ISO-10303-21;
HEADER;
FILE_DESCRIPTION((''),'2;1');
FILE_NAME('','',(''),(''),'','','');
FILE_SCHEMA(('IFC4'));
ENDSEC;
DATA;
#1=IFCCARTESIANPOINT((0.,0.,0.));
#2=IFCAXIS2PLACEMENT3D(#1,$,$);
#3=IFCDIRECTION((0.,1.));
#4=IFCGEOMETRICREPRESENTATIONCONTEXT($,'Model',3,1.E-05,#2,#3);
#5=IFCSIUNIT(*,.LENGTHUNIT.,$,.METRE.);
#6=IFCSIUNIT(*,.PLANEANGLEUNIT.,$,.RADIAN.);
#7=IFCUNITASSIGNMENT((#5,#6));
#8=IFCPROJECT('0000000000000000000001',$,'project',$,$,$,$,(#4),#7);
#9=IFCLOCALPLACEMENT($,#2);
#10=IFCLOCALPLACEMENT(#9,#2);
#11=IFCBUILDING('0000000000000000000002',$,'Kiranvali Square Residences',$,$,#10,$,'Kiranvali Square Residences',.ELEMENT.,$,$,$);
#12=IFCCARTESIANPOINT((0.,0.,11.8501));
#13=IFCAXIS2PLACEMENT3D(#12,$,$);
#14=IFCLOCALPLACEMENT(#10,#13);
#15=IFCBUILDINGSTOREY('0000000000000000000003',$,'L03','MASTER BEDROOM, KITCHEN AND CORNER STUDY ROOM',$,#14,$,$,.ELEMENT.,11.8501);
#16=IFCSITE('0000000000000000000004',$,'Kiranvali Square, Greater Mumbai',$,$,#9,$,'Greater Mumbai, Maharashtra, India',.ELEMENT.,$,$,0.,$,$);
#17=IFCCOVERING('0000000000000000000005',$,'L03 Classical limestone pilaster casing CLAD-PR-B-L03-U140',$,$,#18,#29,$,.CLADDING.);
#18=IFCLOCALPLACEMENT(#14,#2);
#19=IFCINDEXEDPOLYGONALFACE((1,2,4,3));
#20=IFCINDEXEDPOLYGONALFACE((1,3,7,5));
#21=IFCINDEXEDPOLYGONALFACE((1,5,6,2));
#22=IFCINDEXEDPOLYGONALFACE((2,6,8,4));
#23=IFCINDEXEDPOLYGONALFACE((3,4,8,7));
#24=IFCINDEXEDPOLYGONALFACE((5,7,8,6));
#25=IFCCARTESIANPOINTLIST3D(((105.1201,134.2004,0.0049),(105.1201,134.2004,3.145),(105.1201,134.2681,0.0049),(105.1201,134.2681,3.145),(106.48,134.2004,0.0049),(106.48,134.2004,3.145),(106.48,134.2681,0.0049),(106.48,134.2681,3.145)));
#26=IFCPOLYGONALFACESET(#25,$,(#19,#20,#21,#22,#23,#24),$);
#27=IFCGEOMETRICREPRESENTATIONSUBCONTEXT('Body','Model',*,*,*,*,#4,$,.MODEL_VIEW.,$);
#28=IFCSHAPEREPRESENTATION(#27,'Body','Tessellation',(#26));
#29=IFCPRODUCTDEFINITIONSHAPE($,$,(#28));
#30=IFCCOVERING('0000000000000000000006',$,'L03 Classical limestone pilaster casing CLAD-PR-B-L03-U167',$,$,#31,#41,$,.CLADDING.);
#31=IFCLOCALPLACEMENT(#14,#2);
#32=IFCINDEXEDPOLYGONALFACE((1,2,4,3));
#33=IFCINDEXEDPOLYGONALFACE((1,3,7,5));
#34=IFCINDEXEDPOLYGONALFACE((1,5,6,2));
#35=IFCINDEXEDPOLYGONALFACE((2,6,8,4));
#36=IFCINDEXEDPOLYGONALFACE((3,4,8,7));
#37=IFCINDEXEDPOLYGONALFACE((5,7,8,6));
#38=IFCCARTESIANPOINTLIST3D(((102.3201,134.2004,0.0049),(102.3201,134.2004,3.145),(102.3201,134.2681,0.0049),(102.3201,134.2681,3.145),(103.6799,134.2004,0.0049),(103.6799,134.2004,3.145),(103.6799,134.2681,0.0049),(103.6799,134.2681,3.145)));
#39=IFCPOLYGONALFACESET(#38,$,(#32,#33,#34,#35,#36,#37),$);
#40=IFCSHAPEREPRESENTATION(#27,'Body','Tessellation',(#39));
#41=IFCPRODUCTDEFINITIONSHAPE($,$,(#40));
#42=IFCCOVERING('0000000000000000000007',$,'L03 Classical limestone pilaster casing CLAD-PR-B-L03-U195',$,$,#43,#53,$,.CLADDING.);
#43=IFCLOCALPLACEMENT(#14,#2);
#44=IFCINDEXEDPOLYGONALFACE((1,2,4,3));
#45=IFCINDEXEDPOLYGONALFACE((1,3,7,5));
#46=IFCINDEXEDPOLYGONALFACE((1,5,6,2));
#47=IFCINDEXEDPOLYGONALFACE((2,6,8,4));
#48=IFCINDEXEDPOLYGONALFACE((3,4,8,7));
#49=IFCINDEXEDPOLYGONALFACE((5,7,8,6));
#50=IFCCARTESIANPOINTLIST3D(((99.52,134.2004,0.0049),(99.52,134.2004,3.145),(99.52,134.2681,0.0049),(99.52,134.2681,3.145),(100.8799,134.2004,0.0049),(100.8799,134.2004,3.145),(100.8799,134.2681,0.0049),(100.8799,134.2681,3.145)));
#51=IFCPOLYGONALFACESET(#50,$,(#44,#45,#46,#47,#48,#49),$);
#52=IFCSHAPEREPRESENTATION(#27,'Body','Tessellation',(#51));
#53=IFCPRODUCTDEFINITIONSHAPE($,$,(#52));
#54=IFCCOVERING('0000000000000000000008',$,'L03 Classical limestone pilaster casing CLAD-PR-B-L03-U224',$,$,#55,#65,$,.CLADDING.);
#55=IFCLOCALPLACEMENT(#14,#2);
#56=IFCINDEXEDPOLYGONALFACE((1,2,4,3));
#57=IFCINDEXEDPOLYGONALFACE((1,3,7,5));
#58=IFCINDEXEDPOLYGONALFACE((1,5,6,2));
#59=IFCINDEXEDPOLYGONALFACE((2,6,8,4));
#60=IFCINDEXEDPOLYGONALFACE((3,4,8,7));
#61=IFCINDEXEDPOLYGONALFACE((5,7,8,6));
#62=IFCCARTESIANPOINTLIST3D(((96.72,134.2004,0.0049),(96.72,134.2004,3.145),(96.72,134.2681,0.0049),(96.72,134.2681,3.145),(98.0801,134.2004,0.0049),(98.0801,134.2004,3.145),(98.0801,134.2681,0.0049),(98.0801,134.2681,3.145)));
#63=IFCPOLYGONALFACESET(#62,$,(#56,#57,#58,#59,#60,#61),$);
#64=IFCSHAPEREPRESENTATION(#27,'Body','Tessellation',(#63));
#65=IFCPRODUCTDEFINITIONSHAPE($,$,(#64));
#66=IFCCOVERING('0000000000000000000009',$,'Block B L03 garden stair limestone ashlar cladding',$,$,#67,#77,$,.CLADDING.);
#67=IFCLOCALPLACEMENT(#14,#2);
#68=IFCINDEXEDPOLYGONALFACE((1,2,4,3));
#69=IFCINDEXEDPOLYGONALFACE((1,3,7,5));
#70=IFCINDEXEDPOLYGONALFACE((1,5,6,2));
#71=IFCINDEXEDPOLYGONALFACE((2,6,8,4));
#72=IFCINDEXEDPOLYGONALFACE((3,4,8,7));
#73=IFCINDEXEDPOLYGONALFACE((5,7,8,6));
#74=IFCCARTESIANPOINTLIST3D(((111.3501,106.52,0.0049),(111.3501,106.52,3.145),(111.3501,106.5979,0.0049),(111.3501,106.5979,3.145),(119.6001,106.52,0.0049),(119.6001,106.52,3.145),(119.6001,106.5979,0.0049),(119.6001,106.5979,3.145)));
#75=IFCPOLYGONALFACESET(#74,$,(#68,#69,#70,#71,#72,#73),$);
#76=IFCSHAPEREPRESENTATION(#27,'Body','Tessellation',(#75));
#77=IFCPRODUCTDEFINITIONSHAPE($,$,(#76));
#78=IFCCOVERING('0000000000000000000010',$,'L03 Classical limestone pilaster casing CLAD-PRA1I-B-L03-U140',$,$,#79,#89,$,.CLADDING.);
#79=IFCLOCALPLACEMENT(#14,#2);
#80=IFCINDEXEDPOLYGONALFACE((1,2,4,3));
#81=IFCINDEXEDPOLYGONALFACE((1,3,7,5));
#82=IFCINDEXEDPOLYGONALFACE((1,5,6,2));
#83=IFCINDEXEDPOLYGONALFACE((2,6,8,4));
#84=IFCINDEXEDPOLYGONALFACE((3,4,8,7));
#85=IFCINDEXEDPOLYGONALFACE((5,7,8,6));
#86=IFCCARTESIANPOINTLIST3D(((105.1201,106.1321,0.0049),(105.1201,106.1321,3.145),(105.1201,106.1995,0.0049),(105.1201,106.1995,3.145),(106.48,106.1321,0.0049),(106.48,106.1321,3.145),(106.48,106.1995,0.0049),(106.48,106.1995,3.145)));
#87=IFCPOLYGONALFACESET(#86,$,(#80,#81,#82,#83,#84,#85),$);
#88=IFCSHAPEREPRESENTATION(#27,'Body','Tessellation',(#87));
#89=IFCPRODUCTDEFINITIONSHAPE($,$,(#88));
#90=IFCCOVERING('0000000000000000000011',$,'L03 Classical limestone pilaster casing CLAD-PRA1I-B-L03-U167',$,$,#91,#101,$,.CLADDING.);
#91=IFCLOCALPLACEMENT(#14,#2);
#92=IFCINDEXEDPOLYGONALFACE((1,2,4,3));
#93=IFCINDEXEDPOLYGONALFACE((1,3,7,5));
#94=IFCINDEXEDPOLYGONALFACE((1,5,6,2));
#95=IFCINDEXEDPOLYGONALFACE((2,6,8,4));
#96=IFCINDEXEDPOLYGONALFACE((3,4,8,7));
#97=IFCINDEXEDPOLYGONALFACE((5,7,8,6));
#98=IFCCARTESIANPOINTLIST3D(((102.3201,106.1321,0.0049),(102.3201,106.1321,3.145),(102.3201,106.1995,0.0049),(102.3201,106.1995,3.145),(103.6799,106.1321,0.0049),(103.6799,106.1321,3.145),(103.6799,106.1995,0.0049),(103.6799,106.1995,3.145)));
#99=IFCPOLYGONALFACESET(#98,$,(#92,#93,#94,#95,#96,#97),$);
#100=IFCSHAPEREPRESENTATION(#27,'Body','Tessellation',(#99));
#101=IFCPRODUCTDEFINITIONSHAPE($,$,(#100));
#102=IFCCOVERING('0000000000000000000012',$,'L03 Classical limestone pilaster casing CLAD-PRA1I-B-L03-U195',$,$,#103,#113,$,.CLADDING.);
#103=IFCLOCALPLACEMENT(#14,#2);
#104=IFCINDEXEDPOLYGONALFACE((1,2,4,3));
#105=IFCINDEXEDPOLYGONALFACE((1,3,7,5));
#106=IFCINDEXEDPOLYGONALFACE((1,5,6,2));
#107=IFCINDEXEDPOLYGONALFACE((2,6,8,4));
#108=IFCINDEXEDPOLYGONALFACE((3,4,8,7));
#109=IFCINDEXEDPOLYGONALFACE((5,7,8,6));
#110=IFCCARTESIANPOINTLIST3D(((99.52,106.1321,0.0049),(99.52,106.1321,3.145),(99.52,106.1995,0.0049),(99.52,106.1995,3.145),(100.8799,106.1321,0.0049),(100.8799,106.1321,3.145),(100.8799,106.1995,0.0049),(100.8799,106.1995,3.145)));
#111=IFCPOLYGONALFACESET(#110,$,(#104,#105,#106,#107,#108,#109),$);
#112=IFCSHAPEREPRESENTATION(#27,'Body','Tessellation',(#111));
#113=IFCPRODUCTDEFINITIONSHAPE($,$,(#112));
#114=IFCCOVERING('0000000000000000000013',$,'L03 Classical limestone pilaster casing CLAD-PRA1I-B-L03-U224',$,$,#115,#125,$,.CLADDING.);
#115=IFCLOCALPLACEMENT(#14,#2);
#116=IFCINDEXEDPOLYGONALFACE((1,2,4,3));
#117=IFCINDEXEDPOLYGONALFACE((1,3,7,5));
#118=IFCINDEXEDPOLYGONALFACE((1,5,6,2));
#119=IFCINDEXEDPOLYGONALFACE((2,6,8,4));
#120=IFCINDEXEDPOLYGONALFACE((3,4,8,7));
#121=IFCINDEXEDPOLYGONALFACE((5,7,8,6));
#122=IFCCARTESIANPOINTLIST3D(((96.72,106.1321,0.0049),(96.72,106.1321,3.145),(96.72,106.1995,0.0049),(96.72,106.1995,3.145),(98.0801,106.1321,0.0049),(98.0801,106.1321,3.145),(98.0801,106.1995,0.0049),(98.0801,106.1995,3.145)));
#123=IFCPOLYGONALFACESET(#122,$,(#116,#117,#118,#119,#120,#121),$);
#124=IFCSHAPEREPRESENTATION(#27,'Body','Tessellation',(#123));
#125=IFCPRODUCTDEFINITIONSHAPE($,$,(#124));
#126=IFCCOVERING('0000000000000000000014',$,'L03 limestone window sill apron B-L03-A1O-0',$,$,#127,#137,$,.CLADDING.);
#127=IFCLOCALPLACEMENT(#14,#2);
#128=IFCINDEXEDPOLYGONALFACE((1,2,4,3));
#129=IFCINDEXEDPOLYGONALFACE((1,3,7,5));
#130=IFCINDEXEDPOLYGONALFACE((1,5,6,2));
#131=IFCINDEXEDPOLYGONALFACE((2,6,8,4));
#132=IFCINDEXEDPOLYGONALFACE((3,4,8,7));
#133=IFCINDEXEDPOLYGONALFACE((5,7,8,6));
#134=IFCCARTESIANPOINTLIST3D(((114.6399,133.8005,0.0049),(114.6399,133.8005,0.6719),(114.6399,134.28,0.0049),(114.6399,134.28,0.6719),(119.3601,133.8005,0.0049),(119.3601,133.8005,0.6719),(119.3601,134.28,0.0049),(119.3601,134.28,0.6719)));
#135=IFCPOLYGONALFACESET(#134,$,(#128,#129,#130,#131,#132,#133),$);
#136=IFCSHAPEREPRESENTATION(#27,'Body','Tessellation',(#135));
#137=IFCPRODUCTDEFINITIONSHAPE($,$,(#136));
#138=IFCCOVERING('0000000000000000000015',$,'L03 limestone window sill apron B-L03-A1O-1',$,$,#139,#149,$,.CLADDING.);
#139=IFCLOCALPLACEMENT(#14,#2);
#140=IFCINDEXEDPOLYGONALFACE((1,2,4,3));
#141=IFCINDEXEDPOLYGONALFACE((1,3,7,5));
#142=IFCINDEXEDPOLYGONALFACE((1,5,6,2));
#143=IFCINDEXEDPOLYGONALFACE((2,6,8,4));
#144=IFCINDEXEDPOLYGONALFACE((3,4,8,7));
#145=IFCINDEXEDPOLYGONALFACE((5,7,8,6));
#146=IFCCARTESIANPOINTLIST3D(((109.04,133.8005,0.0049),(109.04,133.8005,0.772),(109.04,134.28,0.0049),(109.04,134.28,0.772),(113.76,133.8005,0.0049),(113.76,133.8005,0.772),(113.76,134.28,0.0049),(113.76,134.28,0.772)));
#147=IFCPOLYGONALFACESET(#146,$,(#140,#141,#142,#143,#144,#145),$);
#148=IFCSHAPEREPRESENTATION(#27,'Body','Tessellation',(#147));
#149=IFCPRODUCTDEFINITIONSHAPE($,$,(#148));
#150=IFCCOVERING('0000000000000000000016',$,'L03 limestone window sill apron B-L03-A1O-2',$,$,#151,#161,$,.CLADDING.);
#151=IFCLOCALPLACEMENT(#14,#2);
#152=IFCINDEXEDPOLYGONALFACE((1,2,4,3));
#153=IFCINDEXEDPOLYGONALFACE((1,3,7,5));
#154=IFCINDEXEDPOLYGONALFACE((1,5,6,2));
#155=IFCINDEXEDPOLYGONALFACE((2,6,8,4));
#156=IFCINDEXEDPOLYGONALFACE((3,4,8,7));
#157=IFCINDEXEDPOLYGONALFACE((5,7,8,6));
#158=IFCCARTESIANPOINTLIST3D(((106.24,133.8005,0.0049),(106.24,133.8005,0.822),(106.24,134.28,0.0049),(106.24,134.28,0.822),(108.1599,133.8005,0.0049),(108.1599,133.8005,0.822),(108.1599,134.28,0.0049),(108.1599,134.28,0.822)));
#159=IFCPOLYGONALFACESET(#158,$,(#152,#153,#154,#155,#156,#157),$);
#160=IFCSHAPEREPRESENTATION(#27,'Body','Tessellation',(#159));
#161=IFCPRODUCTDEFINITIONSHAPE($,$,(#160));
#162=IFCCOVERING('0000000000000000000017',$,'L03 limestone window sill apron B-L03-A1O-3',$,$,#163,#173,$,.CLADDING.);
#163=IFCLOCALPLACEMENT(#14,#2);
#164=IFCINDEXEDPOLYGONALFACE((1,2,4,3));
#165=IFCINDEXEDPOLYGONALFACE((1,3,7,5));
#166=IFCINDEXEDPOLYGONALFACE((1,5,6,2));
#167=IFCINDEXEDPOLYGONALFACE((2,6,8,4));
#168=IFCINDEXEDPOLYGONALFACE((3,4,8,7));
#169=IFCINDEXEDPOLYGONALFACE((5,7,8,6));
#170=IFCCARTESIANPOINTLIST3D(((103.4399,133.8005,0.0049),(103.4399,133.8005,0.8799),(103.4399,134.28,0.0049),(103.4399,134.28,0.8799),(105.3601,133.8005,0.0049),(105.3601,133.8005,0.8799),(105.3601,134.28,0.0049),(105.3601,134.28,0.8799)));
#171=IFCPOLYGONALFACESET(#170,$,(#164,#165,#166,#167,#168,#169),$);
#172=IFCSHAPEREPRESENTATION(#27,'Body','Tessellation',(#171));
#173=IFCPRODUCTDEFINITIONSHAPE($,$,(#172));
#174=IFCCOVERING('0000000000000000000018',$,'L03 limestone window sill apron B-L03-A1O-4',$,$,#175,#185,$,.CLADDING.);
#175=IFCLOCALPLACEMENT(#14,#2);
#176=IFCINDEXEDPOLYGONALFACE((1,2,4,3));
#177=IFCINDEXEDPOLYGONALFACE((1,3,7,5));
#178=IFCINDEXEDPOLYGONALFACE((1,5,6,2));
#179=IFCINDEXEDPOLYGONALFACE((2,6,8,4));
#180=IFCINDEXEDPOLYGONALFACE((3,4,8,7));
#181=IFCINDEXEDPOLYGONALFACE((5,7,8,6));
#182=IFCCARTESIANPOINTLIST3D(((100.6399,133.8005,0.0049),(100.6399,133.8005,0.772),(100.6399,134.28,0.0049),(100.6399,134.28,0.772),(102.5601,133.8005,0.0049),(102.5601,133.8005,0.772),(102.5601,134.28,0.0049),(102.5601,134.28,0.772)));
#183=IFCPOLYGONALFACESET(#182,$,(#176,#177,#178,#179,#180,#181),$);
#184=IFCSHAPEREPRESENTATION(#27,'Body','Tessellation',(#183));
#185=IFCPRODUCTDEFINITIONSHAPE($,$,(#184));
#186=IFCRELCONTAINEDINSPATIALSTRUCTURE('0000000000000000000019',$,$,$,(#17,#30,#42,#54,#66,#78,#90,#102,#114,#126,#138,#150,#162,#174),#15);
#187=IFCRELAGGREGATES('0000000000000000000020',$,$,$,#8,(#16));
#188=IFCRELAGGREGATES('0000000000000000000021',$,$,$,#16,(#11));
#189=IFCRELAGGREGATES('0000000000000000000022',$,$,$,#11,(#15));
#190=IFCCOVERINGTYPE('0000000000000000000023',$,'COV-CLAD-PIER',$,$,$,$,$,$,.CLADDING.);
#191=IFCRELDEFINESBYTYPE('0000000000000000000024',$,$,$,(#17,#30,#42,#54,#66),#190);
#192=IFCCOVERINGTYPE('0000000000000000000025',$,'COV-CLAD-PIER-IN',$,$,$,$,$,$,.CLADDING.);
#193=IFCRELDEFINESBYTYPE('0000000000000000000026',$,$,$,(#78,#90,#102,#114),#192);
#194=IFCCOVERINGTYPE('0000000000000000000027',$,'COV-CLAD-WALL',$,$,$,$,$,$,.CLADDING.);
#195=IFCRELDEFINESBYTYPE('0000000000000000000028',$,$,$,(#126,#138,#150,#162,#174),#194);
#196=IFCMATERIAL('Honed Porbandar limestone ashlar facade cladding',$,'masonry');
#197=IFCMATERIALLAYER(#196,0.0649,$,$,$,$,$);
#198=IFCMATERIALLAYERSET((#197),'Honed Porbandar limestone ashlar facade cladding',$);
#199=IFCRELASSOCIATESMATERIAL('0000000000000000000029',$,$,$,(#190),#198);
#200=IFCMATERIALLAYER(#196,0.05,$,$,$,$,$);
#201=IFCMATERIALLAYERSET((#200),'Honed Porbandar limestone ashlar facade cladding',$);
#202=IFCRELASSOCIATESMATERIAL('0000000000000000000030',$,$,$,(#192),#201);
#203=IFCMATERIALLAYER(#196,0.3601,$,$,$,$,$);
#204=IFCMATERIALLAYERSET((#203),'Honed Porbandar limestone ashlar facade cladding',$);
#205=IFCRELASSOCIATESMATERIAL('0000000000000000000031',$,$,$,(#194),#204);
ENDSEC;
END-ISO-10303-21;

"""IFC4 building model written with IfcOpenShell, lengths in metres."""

from ifc_helpers import new_model, si_unit, direction, frame, origin, place, context, subcontext, project, spatial, polyline, outline, extrude, material, layer, layer_set, type_object, element, save


model = new_model("IFC4")

# Units and contexts
model_context = context("Model", 3, precision=1e-05, world=origin(), true_north=direction((0.0, 1.0)))
body_context = subcontext(model_context, "Body", "Model", "MODEL_VIEW")
ifc_project = project(units=[si_unit("LENGTHUNIT", "METRE"), si_unit("PLANEANGLEUNIT", "RADIAN")], contexts=[model_context])

# Site, building, storey
site_placement = place(None, origin())
site = spatial("IfcSite", under=ifc_project, at=site_placement, Name="Kiranvali Square, Greater Mumbai", LongName="Greater Mumbai, Maharashtra, India", CompositionType="ELEMENT", RefElevation=0.0)
building_placement = place(site_placement, origin())
building = spatial("IfcBuilding", under=site, at=building_placement, Name="Kiranvali Square Residences", LongName="Kiranvali Square Residences", CompositionType="ELEMENT")
storey_placement = place(building_placement, frame((0.0, 0.0, 11.8501)))
storey = spatial("IfcBuildingStorey", under=building, at=storey_placement, Name="L03", Description="MASTER BEDROOM, KITCHEN AND CORNER STUDY ROOM", CompositionType="ELEMENT", Elevation=11.8501)

# Coverings
ifc_material = material(Name="Honed Porbandar limestone ashlar facade cladding", Category="masonry")
ifc_layer_1 = layer(ifc_material, 0.0649)
ifc_layer_set_1 = layer_set([ifc_layer_1], Name="Honed Porbandar limestone ashlar facade cladding")
covering_type_1 = type_object("IfcCoveringType", Name="COV-CLAD-PIER", PredefinedType="CLADDING", material=ifc_layer_set_1)
covering_1_placement = place(storey_placement, frame((0.0, 0.0, 0.0049)))
element("IfcCovering", 1, at=covering_1_placement, inside=storey, type_object=covering_type_1, Name="L03 Classical limestone pilaster casing CLAD-PR-B-L03-U140", PredefinedType="CLADDING", context=body_context, shape_type="SweptSolid", body=[
    extrude(outline(polyline([(106.48, 134.2681), (105.1201, 134.2681), (105.1201, 134.2004), (106.48, 134.2004), (106.48, 134.2681)])), origin(), (0.0, 0.0, 1.0), 3.1401),
])
covering_2_placement = place(storey_placement, frame((0.0, 0.0, 0.0049)))
element("IfcCovering", 2, at=covering_2_placement, inside=storey, type_object=covering_type_1, Name="L03 Classical limestone pilaster casing CLAD-PR-B-L03-U167", PredefinedType="CLADDING", context=body_context, shape_type="SweptSolid", body=[
    extrude(outline(polyline([(103.6799, 134.2681), (102.3201, 134.2681), (102.3201, 134.2004), (103.6799, 134.2004), (103.6799, 134.2681)])), origin(), (0.0, 0.0, 1.0), 3.1401),
])
covering_3_placement = place(storey_placement, frame((0.0, 0.0, 0.0049)))
element("IfcCovering", 3, at=covering_3_placement, inside=storey, type_object=covering_type_1, Name="L03 Classical limestone pilaster casing CLAD-PR-B-L03-U195", PredefinedType="CLADDING", context=body_context, shape_type="SweptSolid", body=[
    extrude(outline(polyline([(100.8799, 134.2681), (99.52, 134.2681), (99.52, 134.2004), (100.8799, 134.2004), (100.8799, 134.2681)])), origin(), (0.0, 0.0, 1.0), 3.1401),
])
covering_4_placement = place(storey_placement, frame((0.0, 0.0, 0.0049)))
element("IfcCovering", 4, at=covering_4_placement, inside=storey, type_object=covering_type_1, Name="L03 Classical limestone pilaster casing CLAD-PR-B-L03-U224", PredefinedType="CLADDING", context=body_context, shape_type="SweptSolid", body=[
    extrude(outline(polyline([(98.0801, 134.2681), (96.72, 134.2681), (96.72, 134.2004), (98.0801, 134.2004), (98.0801, 134.2681)])), origin(), (0.0, 0.0, 1.0), 3.1401),
])
covering_5_placement = place(storey_placement, frame((0.0, 0.0, 0.0049)))
element("IfcCovering", 5, at=covering_5_placement, inside=storey, type_object=covering_type_1, Name="Block B L03 garden stair limestone ashlar cladding", PredefinedType="CLADDING", context=body_context, shape_type="SweptSolid", body=[
    extrude(outline(polyline([(119.6001, 106.5979), (111.3501, 106.5979), (111.3501, 106.52), (119.6001, 106.52), (119.6001, 106.5979)])), origin(), (0.0, 0.0, 1.0), 3.1401),
])
ifc_layer_2 = layer(ifc_material, 0.05)
ifc_layer_set_2 = layer_set([ifc_layer_2], Name="Honed Porbandar limestone ashlar facade cladding")
covering_type_2 = type_object("IfcCoveringType", Name="COV-CLAD-PIER-IN", PredefinedType="CLADDING", material=ifc_layer_set_2)
covering_6_placement = place(storey_placement, frame((0.0, 0.0, 0.0049)))
element("IfcCovering", 6, at=covering_6_placement, inside=storey, type_object=covering_type_2, Name="L03 Classical limestone pilaster casing CLAD-PRA1I-B-L03-U140", PredefinedType="CLADDING", context=body_context, shape_type="SweptSolid", body=[
    extrude(outline(polyline([(106.48, 106.1995), (105.1201, 106.1995), (105.1201, 106.1321), (106.48, 106.1321), (106.48, 106.1995)])), origin(), (0.0, 0.0, 1.0), 3.1401),
])
covering_7_placement = place(storey_placement, frame((0.0, 0.0, 0.0049)))
element("IfcCovering", 7, at=covering_7_placement, inside=storey, type_object=covering_type_2, Name="L03 Classical limestone pilaster casing CLAD-PRA1I-B-L03-U167", PredefinedType="CLADDING", context=body_context, shape_type="SweptSolid", body=[
    extrude(outline(polyline([(103.6799, 106.1995), (102.3201, 106.1995), (102.3201, 106.1321), (103.6799, 106.1321), (103.6799, 106.1995)])), origin(), (0.0, 0.0, 1.0), 3.1401),
])
covering_8_placement = place(storey_placement, frame((0.0, 0.0, 0.0049)))
element("IfcCovering", 8, at=covering_8_placement, inside=storey, type_object=covering_type_2, Name="L03 Classical limestone pilaster casing CLAD-PRA1I-B-L03-U195", PredefinedType="CLADDING", context=body_context, shape_type="SweptSolid", body=[
    extrude(outline(polyline([(100.8799, 106.1995), (99.52, 106.1995), (99.52, 106.1321), (100.8799, 106.1321), (100.8799, 106.1995)])), origin(), (0.0, 0.0, 1.0), 3.1401),
])
covering_9_placement = place(storey_placement, frame((0.0, 0.0, 0.0049)))
element("IfcCovering", 9, at=covering_9_placement, inside=storey, type_object=covering_type_2, Name="L03 Classical limestone pilaster casing CLAD-PRA1I-B-L03-U224", PredefinedType="CLADDING", context=body_context, shape_type="SweptSolid", body=[
    extrude(outline(polyline([(98.0801, 106.1995), (96.72, 106.1995), (96.72, 106.1321), (98.0801, 106.1321), (98.0801, 106.1995)])), origin(), (0.0, 0.0, 1.0), 3.1401),
])
ifc_layer_3 = layer(ifc_material, 0.3601)
ifc_layer_set_3 = layer_set([ifc_layer_3], Name="Honed Porbandar limestone ashlar facade cladding")
covering_type_3 = type_object("IfcCoveringType", Name="COV-CLAD-WALL", PredefinedType="CLADDING", material=ifc_layer_set_3)
covering_10_placement = place(storey_placement, frame((0.0, 0.0, 0.0049)))
element("IfcCovering", 10, at=covering_10_placement, inside=storey, type_object=covering_type_3, Name="L03 limestone window sill apron B-L03-A1O-0", PredefinedType="CLADDING", context=body_context, shape_type="SweptSolid", body=[
    extrude(outline(polyline([(119.3601, 134.28), (114.6399, 134.28), (114.6399, 133.8005), (119.3601, 133.8005), (119.3601, 134.28)])), origin(), (0.0, 0.0, 1.0), 0.667),
])
covering_11_placement = place(storey_placement, frame((0.0, 0.0, 0.0049)))
element("IfcCovering", 11, at=covering_11_placement, inside=storey, type_object=covering_type_3, Name="L03 limestone window sill apron B-L03-A1O-1", PredefinedType="CLADDING", context=body_context, shape_type="SweptSolid", body=[
    extrude(outline(polyline([(113.76, 134.28), (109.04, 134.28), (109.04, 133.8005), (113.76, 133.8005), (113.76, 134.28)])), origin(), (0.0, 0.0, 1.0), 0.7671),
])
covering_12_placement = place(storey_placement, frame((0.0, 0.0, 0.0049)))
element("IfcCovering", 12, at=covering_12_placement, inside=storey, type_object=covering_type_3, Name="L03 limestone window sill apron B-L03-A1O-2", PredefinedType="CLADDING", context=body_context, shape_type="SweptSolid", body=[
    extrude(outline(polyline([(108.1599, 134.28), (106.24, 134.28), (106.24, 133.8005), (108.1599, 133.8005), (108.1599, 134.28)])), origin(), (0.0, 0.0, 1.0), 0.8171),
])
covering_13_placement = place(storey_placement, frame((0.0, 0.0, 0.0049)))
element("IfcCovering", 13, at=covering_13_placement, inside=storey, type_object=covering_type_3, Name="L03 limestone window sill apron B-L03-A1O-3", PredefinedType="CLADDING", context=body_context, shape_type="SweptSolid", body=[
    extrude(outline(polyline([(105.3601, 134.28), (103.4399, 134.28), (103.4399, 133.8005), (105.3601, 133.8005), (105.3601, 134.28)])), origin(), (0.0, 0.0, 1.0), 0.875),
])
covering_14_placement = place(storey_placement, frame((0.0, 0.0, 0.0049)))
element("IfcCovering", 14, at=covering_14_placement, inside=storey, type_object=covering_type_3, Name="L03 limestone window sill apron B-L03-A1O-4", PredefinedType="CLADDING", context=body_context, shape_type="SweptSolid", body=[
    extrude(outline(polyline([(102.5601, 134.28), (100.6399, 134.28), (100.6399, 133.8005), (102.5601, 133.8005), (102.5601, 134.28)])), origin(), (0.0, 0.0, 1.0), 0.7671),
])

save(model, "model.ifc")
